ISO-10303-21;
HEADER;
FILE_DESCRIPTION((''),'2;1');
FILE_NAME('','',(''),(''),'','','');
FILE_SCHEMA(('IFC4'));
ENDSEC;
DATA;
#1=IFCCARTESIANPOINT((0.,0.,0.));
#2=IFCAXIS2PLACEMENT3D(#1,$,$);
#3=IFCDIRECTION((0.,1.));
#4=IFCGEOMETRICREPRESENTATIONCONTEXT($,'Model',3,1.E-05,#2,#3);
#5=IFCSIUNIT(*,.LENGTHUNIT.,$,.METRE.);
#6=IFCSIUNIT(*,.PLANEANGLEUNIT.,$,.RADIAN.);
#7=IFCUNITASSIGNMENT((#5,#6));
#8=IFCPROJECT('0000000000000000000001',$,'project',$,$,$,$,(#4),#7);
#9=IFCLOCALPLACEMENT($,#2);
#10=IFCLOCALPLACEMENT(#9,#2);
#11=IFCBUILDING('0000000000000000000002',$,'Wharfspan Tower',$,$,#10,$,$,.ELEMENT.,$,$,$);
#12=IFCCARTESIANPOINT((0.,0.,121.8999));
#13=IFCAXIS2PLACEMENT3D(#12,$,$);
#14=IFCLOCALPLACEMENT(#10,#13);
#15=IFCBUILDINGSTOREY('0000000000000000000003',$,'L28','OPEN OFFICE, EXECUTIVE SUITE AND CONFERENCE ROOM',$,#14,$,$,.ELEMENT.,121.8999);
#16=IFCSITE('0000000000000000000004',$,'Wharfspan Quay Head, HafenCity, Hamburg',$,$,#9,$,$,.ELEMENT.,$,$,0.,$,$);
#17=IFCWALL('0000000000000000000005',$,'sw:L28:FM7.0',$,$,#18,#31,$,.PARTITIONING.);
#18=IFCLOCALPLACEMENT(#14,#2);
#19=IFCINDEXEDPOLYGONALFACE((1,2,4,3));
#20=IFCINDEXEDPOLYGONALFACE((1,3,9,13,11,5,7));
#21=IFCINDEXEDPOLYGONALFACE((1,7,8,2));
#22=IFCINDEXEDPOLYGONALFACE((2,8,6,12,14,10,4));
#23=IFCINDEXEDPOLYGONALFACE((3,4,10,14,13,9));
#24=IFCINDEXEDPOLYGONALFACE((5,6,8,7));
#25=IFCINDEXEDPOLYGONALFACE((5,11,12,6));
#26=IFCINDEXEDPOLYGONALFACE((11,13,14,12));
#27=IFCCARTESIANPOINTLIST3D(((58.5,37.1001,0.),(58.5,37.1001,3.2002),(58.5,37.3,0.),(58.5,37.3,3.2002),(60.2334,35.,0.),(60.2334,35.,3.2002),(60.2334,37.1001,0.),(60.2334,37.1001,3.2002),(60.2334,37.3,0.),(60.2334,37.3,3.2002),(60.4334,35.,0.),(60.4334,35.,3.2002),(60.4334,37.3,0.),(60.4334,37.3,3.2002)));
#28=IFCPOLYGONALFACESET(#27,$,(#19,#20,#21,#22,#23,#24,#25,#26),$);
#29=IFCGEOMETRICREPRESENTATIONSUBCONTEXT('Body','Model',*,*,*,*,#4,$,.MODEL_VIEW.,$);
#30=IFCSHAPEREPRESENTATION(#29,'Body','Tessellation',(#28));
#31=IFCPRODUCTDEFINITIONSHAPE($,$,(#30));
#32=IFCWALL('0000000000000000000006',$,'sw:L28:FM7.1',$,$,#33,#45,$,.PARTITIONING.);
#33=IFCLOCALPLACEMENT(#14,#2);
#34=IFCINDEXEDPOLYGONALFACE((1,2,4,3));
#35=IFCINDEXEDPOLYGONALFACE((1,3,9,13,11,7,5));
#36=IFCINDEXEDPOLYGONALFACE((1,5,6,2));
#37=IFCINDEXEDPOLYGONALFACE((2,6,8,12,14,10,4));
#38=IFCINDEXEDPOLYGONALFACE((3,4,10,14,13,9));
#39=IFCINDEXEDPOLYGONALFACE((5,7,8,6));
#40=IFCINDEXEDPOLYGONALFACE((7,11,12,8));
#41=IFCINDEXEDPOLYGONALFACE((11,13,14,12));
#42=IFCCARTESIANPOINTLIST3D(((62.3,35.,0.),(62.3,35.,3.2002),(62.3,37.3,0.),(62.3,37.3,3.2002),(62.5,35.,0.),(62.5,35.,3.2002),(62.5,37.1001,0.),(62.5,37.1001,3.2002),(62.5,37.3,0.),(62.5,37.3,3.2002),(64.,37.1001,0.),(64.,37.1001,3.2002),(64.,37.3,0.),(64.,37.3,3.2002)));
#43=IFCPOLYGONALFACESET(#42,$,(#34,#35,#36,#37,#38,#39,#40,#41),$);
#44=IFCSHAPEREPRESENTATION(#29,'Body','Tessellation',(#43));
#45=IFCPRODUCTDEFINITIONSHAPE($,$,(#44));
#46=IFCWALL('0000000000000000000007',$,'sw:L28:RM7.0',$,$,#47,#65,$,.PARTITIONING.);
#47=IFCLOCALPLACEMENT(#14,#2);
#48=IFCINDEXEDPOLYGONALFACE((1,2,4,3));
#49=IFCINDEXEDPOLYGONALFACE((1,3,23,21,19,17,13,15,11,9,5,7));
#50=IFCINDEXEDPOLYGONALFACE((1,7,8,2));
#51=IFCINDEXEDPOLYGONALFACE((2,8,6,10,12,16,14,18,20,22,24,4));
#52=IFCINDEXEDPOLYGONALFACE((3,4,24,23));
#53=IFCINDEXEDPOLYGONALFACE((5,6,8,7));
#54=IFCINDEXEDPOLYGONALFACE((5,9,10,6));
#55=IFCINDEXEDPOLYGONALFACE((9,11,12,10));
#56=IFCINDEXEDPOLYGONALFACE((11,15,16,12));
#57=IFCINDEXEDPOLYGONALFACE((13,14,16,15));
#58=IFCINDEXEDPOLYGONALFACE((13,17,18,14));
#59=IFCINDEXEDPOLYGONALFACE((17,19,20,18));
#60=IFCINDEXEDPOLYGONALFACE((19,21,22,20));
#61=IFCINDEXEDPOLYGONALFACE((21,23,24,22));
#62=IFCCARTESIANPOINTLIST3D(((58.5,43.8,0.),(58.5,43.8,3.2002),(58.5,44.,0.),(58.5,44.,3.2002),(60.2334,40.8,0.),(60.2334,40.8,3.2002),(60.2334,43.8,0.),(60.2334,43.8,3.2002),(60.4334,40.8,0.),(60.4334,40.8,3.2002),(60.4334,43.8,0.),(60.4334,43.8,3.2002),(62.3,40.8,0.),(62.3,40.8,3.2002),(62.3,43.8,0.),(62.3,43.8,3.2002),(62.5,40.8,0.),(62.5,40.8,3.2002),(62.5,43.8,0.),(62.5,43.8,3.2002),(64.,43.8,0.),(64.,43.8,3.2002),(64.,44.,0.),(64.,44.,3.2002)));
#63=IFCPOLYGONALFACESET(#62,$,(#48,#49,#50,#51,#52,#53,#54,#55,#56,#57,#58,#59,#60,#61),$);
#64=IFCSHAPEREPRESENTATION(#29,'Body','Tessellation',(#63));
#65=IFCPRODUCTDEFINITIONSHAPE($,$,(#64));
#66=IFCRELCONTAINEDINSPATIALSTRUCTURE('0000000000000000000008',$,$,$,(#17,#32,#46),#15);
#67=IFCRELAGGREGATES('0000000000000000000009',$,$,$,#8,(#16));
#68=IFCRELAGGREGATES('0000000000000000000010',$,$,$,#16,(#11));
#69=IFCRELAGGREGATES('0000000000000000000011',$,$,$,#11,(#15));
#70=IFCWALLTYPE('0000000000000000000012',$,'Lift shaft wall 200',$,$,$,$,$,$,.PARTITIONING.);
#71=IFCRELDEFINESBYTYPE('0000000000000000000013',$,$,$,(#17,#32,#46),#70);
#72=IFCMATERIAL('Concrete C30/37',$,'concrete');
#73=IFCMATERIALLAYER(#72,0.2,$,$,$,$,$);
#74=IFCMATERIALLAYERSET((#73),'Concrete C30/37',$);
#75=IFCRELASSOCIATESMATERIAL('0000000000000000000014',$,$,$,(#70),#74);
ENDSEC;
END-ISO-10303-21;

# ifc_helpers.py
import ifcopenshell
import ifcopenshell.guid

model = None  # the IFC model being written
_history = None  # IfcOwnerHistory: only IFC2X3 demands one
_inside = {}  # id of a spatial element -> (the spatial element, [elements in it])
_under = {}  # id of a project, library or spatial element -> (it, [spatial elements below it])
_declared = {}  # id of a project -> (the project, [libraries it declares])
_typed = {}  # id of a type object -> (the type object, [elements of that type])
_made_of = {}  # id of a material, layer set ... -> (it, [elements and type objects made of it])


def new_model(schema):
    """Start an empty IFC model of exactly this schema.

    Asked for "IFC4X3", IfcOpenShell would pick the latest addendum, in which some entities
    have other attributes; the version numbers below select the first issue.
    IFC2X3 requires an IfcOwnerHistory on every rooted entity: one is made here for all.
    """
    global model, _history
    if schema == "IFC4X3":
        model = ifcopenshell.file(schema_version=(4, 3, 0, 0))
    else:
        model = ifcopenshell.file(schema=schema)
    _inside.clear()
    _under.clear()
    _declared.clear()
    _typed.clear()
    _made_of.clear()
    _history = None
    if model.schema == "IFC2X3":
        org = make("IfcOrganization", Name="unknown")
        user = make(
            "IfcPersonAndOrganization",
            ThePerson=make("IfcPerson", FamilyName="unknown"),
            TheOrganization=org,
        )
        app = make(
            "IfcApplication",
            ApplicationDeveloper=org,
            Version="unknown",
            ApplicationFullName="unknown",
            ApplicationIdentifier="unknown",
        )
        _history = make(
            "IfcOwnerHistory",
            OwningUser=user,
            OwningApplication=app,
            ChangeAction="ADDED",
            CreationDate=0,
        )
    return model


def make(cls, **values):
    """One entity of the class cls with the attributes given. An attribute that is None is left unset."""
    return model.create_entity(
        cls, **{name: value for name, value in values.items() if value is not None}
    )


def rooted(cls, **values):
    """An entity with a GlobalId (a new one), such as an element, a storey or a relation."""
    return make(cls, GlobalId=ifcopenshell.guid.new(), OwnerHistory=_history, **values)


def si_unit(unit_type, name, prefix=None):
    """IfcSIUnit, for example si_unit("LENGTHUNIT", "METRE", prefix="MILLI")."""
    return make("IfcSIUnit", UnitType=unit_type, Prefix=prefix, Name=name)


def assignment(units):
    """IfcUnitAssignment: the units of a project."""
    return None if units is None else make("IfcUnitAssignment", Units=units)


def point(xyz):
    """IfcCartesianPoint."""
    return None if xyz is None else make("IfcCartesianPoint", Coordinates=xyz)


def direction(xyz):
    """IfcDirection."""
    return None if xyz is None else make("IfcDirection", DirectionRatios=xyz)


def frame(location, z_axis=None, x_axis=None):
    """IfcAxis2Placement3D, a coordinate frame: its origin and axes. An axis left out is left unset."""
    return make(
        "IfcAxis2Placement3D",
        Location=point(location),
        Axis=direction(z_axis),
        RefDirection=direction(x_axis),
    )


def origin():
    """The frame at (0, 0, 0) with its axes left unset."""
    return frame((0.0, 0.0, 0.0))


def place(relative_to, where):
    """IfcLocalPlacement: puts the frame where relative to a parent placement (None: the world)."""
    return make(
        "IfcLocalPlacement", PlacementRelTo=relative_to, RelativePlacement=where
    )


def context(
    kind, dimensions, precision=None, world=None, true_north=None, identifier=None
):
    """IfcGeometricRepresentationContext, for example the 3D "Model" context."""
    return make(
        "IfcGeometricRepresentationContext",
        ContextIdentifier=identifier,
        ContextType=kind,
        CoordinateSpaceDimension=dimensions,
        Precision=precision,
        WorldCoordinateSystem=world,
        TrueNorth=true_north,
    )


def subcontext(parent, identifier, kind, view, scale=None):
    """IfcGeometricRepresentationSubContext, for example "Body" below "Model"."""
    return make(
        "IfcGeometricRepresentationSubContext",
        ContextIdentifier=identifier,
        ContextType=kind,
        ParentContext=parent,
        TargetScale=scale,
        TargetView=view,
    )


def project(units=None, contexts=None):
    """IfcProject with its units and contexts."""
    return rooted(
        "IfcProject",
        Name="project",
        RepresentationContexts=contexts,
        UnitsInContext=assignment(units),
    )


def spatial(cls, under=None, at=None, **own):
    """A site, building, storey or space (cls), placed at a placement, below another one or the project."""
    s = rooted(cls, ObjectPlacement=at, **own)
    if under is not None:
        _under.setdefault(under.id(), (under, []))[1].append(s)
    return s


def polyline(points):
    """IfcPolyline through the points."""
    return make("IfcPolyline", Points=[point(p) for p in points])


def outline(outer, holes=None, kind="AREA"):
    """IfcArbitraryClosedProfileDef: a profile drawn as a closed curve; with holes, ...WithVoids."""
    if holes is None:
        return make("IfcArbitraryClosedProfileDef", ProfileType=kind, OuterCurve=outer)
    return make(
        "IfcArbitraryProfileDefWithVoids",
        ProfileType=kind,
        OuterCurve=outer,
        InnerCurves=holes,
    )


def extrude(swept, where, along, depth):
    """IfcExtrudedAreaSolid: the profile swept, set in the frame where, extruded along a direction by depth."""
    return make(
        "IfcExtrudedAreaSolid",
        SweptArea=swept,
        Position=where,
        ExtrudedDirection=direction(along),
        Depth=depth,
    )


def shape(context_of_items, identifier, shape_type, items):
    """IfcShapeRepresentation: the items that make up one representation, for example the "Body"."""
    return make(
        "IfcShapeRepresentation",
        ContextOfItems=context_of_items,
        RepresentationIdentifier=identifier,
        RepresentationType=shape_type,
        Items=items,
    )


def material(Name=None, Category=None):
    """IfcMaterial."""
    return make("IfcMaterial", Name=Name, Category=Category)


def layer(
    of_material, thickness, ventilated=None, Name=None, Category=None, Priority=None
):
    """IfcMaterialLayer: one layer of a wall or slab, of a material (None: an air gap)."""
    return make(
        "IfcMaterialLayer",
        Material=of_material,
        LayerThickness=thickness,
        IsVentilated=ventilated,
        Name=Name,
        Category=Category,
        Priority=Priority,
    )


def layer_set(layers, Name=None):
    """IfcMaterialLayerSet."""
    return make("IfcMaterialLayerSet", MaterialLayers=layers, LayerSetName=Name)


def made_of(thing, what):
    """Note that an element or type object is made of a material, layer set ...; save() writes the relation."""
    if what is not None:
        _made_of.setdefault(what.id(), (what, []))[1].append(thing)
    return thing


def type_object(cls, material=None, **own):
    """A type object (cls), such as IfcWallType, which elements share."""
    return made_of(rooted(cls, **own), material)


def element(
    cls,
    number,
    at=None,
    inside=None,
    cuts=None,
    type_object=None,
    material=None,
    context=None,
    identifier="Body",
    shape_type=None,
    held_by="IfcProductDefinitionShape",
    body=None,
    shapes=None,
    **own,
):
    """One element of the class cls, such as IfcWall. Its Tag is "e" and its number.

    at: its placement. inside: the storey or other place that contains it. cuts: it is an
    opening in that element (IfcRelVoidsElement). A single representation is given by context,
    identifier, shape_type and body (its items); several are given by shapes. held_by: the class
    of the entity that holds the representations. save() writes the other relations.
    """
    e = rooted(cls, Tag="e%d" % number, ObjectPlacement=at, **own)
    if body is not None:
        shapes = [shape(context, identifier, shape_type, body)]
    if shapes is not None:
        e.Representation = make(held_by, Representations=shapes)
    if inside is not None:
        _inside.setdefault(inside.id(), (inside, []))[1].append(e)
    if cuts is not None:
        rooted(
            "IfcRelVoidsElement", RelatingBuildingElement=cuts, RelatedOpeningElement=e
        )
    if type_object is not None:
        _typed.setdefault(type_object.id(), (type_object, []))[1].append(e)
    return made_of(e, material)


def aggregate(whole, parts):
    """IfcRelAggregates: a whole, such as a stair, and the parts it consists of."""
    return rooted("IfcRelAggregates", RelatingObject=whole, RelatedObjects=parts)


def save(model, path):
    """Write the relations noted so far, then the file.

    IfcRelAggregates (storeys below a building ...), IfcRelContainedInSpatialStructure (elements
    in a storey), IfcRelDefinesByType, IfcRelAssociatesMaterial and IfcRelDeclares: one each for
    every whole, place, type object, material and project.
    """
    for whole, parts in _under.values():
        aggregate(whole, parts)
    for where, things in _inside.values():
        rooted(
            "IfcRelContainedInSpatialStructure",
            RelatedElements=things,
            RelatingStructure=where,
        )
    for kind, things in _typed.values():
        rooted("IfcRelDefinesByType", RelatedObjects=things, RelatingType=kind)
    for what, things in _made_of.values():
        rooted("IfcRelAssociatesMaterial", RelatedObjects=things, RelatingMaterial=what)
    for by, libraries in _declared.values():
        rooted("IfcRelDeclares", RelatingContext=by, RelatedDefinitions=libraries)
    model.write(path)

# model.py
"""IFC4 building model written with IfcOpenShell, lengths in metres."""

from ifc_helpers import new_model, si_unit, direction, frame, origin, place, context, subcontext, project, spatial, polyline, outline, extrude, material, layer, layer_set, type_object, element, save


model = new_model("IFC4")

# Units and contexts
model_context = context("Model", 3, precision=1e-05, world=origin(), true_north=direction((0.0, 1.0)))
body_context = subcontext(model_context, "Body", "Model", "MODEL_VIEW")
ifc_project = project(units=[si_unit("LENGTHUNIT", "METRE"), si_unit("PLANEANGLEUNIT", "RADIAN")], contexts=[model_context])

# Site, building, storey
site_placement = place(None, origin())
site = spatial("IfcSite", under=ifc_project, at=site_placement, Name="Wharfspan Quay Head, HafenCity, Hamburg", CompositionType="ELEMENT", RefElevation=0.0)
building_placement = place(site_placement, origin())
building = spatial("IfcBuilding", under=site, at=building_placement, Name="Wharfspan Tower", CompositionType="ELEMENT")
storey_placement = place(building_placement, frame((0.0, 0.0, 121.8999)))
storey = spatial("IfcBuildingStorey", under=building, at=storey_placement, Name="L28", Description="OPEN OFFICE, EXECUTIVE SUITE AND CONFERENCE ROOM", CompositionType="ELEMENT", Elevation=121.8999)

# Walls
ifc_material_1 = material(Name="Concrete C30/37", Category="concrete")
ifc_layer_1 = layer(ifc_material_1, 0.2)
ifc_layer_set_1 = layer_set([ifc_layer_1], Name="Concrete C30/37")
wall_type_1 = type_object("IfcWallType", Name="Lift shaft wall 200", PredefinedType="PARTITIONING", material=ifc_layer_set_1)
wall_1_placement = place(storey_placement, origin())
element("IfcWall", 1, at=wall_1_placement, inside=storey, type_object=wall_type_1, Name="sw:L28:FM7.0", PredefinedType="PARTITIONING", context=body_context, shape_type="SweptSolid", body=[
    extrude(outline(polyline([(60.2334, 37.1001), (58.5, 37.1001), (58.5, 37.3), (60.2334, 37.3), (60.4333, 37.3), (60.4333, 35.0), (60.2334, 35.0), (60.2334, 37.1001)])), origin(), (0.0, 0.0, 1.0), 3.2002),
])
wall_2_placement = place(storey_placement, origin())
element("IfcWall", 2, at=wall_2_placement, inside=storey, type_object=wall_type_1, Name="sw:L28:FM7.1", PredefinedType="PARTITIONING", context=body_context, shape_type="SweptSolid", body=[
    extrude(outline(polyline([(62.3, 37.3), (62.5, 37.3), (64.0, 37.3), (64.0, 37.1001), (62.5, 37.1001), (62.5, 35.0), (62.3, 35.0), (62.3, 37.3)])), origin(), (0.0, 0.0, 1.0), 3.2002),
])
wall_3_placement = place(storey_placement, origin())
element("IfcWall", 3, at=wall_3_placement, inside=storey, type_object=wall_type_1, Name="sw:L28:RM7.0", PredefinedType="PARTITIONING", context=body_context, shape_type="SweptSolid", body=[
    extrude(outline(polyline([(60.4333, 40.8), (60.2334, 40.8), (60.2334, 43.8), (58.5, 43.8), (58.5, 44.0), (64.0, 44.0), (64.0, 43.8), (62.5, 43.8), (62.5, 40.8), (62.3, 40.8), (62.3, 43.8), (60.4333, 43.8), (60.4333, 40.8)])), origin(), (0.0, 0.0, 1.0), 3.2002),
])

save(model, "model.ifc")
